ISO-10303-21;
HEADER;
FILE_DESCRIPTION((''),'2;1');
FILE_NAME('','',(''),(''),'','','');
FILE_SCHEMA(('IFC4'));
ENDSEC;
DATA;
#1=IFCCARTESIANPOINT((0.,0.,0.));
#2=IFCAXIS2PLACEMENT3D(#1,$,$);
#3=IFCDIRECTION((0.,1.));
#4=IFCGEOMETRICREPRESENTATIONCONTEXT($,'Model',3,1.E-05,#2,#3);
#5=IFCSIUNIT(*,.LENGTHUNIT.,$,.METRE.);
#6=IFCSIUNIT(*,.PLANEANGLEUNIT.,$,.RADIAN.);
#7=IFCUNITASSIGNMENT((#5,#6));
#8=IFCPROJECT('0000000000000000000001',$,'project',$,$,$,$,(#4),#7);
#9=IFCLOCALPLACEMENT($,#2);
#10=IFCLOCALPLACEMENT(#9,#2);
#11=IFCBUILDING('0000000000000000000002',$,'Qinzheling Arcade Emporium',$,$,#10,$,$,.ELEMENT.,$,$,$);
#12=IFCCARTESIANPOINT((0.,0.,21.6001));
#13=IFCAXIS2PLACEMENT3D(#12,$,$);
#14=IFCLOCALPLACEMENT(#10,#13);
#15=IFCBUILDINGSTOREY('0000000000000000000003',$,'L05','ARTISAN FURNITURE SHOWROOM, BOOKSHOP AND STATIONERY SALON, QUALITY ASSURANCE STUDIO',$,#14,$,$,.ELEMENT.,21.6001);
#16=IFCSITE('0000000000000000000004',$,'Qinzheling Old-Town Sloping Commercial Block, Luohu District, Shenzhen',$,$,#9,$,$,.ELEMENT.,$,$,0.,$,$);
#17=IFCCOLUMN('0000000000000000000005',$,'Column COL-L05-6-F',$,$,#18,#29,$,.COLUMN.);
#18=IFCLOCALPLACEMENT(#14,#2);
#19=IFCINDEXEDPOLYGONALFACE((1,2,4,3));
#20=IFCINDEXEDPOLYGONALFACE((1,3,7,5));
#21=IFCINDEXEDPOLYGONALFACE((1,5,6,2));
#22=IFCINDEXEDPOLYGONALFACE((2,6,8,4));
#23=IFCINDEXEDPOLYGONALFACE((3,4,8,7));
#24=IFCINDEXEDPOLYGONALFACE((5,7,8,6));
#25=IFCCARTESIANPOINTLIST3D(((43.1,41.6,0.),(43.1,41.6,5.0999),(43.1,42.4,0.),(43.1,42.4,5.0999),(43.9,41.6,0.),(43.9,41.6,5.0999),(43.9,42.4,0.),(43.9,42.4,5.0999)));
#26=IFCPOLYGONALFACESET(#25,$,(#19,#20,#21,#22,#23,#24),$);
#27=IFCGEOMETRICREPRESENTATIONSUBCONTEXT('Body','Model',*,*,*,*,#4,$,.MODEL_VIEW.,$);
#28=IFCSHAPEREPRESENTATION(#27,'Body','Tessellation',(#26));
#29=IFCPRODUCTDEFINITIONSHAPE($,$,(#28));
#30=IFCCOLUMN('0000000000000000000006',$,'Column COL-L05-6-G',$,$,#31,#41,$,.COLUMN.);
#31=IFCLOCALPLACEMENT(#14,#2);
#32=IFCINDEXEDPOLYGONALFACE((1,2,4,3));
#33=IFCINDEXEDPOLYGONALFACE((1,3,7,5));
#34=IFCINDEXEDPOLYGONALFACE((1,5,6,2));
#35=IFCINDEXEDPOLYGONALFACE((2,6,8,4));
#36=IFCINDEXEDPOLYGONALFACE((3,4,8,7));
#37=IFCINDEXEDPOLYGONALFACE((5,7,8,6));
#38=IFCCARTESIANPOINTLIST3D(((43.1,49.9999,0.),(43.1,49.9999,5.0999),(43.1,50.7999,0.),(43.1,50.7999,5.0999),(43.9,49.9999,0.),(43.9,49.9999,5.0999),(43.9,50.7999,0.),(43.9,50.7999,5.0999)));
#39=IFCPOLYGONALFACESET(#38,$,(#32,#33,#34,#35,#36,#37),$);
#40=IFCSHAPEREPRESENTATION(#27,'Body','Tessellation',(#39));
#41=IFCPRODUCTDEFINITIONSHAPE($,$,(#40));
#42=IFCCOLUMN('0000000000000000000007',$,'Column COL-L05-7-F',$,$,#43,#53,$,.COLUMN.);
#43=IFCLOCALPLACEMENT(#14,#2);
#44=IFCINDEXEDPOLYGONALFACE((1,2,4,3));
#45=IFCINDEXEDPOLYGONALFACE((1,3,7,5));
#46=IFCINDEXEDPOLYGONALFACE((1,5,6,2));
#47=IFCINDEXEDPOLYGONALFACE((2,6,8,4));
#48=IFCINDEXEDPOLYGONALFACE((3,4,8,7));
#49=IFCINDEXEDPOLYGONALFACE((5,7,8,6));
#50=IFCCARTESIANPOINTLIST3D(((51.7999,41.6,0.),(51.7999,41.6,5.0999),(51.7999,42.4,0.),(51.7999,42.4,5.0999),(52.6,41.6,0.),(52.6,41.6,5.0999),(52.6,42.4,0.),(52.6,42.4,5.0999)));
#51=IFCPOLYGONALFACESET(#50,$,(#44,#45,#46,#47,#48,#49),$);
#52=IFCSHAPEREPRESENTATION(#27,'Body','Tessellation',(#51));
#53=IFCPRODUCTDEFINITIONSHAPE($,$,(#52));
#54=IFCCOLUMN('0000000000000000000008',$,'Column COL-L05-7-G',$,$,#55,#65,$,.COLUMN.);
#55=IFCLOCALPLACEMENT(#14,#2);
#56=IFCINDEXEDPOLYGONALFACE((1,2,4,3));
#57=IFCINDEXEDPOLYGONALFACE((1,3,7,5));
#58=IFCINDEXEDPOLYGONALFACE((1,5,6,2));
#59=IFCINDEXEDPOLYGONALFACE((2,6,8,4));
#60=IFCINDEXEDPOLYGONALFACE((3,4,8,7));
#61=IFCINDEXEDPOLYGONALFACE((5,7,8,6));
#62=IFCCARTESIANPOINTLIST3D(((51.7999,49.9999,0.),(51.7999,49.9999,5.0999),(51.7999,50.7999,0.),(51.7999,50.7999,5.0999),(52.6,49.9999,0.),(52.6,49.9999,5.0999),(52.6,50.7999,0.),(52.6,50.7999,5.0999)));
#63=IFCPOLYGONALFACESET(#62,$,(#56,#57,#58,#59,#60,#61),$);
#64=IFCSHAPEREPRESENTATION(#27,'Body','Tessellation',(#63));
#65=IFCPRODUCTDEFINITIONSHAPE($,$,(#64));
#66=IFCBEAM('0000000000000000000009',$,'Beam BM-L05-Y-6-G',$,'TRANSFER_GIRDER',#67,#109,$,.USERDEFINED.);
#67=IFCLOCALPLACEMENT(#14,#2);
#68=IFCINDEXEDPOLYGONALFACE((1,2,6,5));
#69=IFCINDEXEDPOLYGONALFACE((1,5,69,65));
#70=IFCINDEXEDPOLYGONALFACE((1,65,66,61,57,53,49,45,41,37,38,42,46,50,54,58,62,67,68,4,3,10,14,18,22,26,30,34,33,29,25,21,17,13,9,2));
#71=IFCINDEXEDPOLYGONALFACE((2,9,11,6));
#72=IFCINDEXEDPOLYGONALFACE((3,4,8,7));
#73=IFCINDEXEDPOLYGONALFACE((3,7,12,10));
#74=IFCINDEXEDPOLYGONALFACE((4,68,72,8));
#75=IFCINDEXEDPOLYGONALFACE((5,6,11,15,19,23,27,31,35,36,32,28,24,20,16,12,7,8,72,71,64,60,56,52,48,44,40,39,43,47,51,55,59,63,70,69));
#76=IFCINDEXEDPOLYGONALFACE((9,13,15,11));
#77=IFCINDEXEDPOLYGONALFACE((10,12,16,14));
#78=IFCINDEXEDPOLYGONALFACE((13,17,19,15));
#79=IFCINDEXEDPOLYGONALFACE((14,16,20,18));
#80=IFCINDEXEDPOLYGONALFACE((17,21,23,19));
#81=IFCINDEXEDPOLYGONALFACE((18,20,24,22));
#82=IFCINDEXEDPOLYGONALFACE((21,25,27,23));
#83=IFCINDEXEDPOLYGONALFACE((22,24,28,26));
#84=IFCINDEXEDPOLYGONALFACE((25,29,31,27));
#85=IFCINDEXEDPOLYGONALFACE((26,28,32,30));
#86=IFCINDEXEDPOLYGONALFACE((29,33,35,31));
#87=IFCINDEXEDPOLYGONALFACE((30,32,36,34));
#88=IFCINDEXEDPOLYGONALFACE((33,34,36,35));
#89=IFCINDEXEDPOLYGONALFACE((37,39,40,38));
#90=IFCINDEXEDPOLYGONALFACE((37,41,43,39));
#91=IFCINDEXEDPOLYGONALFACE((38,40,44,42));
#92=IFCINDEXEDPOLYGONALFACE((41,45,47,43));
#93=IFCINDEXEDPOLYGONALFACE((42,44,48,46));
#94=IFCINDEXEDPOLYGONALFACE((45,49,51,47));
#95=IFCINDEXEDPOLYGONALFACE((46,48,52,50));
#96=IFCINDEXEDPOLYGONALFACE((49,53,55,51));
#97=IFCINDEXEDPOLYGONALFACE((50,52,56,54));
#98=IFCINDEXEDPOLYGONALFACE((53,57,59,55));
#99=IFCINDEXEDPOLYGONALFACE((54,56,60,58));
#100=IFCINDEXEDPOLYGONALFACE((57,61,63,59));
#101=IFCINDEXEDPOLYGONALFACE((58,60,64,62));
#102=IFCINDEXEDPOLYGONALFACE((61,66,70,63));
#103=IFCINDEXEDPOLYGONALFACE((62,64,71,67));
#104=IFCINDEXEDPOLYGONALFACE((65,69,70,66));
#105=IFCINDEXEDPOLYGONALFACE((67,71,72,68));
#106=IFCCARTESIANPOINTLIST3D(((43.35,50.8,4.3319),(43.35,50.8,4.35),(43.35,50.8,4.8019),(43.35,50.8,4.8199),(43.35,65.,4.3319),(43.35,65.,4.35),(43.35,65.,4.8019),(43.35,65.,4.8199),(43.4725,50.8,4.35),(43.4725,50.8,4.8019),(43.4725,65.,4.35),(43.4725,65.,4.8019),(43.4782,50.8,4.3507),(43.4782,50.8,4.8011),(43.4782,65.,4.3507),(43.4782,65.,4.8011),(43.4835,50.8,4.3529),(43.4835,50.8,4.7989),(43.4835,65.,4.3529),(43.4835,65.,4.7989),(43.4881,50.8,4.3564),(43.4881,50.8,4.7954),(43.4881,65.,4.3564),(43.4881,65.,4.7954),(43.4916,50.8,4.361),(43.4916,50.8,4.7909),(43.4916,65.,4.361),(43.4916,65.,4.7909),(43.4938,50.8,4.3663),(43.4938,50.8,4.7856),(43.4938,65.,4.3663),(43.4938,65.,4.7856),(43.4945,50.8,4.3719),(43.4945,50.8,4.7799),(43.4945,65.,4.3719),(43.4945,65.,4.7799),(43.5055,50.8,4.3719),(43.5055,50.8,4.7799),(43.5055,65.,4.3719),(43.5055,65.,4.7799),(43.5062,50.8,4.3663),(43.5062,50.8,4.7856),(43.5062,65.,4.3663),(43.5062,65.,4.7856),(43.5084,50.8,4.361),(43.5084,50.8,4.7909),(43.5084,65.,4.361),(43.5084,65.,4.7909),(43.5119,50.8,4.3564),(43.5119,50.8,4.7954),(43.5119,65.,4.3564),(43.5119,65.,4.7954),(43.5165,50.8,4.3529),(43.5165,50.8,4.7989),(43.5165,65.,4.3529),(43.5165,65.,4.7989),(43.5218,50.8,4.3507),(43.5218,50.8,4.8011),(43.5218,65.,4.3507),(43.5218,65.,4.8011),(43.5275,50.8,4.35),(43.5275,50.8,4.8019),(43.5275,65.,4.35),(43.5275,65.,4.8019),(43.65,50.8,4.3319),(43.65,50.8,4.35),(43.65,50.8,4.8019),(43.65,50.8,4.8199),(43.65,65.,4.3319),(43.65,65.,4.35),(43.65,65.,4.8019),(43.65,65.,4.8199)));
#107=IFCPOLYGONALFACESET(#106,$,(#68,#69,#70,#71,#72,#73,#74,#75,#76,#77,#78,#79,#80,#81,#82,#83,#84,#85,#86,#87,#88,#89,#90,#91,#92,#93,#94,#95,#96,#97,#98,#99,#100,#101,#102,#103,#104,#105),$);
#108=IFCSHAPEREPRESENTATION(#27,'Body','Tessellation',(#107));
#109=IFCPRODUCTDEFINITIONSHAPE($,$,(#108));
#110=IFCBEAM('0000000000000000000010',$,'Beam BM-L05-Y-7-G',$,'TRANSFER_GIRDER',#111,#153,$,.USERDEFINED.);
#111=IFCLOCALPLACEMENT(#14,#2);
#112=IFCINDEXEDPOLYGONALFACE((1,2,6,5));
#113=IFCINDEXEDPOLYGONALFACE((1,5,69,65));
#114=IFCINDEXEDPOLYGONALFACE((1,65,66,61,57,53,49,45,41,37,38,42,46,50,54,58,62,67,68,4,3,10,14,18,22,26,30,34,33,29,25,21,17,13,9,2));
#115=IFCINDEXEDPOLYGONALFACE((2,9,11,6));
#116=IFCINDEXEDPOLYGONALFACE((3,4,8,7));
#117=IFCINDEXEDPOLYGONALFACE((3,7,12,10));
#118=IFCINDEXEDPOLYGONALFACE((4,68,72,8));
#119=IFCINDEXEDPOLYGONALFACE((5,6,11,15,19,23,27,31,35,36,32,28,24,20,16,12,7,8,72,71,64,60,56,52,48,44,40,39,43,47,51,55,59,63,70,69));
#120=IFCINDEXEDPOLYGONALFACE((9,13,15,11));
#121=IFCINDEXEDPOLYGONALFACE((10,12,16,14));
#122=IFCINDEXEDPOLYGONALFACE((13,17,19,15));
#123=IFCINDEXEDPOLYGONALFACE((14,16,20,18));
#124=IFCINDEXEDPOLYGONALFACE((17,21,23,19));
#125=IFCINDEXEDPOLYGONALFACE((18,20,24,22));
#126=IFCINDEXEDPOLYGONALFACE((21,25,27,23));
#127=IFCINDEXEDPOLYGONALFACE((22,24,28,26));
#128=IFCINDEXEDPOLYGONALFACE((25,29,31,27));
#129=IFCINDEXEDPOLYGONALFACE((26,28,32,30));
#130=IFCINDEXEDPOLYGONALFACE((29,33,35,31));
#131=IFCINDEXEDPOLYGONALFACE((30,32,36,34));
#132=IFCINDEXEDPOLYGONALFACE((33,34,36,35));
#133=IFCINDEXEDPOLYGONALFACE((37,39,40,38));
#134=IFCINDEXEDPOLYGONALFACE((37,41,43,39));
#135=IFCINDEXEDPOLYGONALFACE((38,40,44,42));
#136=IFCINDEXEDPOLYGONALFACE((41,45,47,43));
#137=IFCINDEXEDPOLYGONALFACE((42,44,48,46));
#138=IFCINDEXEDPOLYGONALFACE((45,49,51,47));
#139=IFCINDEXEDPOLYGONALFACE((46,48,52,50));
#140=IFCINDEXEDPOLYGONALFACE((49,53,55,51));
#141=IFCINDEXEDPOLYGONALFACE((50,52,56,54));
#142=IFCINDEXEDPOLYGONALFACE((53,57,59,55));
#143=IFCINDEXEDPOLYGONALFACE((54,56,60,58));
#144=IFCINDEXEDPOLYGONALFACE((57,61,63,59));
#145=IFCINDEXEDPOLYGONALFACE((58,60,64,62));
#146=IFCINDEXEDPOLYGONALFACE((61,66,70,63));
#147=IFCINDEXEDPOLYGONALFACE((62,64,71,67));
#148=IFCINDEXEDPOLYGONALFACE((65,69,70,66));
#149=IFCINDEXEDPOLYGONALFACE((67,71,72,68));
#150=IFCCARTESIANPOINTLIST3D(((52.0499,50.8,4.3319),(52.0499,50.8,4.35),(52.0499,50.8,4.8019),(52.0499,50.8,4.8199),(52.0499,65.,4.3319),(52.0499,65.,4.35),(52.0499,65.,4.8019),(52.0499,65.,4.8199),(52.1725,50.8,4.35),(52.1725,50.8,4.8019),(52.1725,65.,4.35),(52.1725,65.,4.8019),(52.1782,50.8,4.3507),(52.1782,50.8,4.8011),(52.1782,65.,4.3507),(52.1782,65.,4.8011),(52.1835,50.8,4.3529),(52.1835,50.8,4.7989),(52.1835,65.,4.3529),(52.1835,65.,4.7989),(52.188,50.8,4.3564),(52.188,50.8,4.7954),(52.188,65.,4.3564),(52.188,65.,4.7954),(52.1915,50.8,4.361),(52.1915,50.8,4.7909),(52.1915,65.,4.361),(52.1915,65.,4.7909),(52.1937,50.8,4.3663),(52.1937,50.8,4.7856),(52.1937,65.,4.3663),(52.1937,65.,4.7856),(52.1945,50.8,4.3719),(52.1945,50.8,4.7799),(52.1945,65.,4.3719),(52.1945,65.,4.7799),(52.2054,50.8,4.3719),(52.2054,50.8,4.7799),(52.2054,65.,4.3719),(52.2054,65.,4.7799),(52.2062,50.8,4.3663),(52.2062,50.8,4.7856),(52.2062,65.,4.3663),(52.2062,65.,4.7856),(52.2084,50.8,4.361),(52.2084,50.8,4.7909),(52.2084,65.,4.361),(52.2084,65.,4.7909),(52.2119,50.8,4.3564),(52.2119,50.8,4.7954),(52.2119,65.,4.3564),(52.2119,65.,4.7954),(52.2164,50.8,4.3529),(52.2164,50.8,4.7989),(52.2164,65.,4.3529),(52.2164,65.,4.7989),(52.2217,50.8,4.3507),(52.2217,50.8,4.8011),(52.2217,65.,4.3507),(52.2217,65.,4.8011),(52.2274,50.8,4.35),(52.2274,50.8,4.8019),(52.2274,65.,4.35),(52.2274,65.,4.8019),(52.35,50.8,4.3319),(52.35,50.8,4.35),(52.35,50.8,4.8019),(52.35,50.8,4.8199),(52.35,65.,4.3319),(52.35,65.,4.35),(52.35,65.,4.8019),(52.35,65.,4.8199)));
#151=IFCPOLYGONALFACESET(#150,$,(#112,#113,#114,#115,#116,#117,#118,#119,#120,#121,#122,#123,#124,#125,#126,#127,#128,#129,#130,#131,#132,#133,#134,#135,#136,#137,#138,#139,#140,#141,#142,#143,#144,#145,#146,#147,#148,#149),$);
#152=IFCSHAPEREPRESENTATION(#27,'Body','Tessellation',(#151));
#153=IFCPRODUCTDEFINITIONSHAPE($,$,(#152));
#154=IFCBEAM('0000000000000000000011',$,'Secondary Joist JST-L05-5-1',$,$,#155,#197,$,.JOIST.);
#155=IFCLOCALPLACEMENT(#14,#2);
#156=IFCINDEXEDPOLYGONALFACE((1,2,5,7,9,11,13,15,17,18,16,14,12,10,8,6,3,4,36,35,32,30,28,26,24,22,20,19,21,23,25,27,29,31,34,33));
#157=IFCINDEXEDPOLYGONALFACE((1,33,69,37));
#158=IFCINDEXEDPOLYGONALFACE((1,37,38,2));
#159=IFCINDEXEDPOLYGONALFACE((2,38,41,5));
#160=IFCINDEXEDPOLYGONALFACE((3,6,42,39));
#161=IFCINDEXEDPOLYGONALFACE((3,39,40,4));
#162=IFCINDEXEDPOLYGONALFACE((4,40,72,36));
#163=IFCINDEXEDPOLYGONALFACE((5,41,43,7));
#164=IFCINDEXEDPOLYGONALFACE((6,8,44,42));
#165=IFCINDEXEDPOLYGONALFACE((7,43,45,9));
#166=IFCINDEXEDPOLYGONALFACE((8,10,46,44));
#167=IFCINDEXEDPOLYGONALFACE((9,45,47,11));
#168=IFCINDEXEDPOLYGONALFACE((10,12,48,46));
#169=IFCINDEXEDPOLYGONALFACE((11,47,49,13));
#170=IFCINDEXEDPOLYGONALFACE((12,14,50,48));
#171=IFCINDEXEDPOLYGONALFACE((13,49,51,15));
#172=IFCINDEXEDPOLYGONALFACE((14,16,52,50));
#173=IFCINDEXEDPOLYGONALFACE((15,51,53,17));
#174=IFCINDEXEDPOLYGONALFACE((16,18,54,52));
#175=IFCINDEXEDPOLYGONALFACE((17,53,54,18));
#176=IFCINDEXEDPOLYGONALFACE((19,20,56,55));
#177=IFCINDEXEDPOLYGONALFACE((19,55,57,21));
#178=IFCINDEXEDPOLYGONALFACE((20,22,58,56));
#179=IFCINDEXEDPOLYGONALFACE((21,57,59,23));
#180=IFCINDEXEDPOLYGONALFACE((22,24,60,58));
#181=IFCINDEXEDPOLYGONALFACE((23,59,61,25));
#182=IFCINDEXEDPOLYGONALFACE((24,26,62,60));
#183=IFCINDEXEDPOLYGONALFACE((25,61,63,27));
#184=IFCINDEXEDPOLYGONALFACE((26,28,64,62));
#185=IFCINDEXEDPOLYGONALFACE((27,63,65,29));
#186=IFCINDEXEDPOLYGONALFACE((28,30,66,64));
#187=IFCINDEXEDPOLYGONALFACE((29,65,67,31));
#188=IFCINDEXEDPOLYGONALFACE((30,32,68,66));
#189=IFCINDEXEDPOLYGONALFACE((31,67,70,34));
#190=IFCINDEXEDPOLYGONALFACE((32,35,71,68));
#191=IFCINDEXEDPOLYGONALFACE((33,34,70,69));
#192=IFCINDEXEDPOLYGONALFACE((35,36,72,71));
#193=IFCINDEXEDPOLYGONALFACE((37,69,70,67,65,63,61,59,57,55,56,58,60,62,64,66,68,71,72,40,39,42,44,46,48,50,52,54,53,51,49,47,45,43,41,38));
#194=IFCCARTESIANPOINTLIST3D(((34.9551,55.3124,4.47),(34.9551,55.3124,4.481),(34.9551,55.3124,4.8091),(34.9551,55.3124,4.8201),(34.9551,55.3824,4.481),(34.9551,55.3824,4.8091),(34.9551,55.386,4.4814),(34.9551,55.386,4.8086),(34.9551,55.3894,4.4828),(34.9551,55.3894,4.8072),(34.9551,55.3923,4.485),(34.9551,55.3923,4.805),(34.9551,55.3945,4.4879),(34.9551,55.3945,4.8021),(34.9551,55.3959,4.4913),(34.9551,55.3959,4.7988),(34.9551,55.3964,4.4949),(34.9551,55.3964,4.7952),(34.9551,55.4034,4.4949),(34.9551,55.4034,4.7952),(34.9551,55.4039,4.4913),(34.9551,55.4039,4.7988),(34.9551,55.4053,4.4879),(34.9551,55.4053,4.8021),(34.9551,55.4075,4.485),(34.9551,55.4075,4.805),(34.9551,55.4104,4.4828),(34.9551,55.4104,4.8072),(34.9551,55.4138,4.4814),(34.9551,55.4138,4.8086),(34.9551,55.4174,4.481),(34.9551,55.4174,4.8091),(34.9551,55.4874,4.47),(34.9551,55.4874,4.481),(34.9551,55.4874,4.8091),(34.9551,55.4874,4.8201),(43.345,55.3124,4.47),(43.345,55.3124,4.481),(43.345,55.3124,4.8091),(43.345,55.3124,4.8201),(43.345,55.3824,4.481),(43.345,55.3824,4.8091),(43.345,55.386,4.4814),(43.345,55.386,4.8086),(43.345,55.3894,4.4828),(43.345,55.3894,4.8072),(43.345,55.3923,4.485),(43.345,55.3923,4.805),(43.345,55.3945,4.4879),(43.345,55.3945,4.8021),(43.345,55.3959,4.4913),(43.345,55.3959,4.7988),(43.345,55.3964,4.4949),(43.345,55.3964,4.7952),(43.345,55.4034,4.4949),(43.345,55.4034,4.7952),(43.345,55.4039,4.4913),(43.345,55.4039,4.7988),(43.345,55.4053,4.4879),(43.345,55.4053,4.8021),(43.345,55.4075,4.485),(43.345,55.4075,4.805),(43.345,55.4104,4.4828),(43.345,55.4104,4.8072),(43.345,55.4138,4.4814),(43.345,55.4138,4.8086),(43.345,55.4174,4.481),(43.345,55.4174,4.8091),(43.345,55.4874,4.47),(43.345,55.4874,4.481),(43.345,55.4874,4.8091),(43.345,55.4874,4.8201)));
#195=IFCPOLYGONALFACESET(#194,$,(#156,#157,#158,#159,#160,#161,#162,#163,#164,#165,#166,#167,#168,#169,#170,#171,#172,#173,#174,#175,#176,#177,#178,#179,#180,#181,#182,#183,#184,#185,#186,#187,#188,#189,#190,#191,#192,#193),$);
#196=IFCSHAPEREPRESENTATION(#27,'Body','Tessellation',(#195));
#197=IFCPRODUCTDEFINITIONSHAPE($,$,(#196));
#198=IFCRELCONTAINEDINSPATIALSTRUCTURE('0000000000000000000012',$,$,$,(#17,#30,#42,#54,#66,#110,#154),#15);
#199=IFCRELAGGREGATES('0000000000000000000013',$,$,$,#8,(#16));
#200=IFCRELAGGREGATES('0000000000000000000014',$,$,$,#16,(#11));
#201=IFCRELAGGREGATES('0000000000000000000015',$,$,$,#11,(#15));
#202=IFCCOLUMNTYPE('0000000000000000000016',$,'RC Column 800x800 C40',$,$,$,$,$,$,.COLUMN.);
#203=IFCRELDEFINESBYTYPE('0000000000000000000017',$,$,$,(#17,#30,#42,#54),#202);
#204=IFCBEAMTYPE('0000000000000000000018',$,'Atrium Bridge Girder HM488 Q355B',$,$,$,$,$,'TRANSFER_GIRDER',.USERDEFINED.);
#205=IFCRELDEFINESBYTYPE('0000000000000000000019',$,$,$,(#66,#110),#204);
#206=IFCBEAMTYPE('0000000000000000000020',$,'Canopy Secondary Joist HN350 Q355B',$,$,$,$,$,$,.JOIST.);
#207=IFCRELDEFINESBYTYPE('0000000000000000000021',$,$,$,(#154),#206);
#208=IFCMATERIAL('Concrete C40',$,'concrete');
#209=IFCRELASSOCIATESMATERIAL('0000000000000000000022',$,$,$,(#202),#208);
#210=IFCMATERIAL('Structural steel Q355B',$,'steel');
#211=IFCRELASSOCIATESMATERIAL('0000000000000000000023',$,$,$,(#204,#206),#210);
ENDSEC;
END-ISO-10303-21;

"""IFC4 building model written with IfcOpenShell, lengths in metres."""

from ifc_helpers import new_model, si_unit, direction, frame, origin, origin_2d, place, context, subcontext, project, spatial, rectangle, i_section, extrude, material, material_profile, profile_set, type_object, element, save


model = new_model("IFC4")

# Units and contexts
model_context = context("Model", 3, precision=1e-05, world=origin(), true_north=direction((0.0, 1.0)))
body_context = subcontext(model_context, "Body", "Model", "MODEL_VIEW")
ifc_project = project(units=[si_unit("LENGTHUNIT", "METRE"), si_unit("PLANEANGLEUNIT", "RADIAN")], contexts=[model_context])

# Site, building, storey
site_placement = place(None, origin())
site = spatial("IfcSite", under=ifc_project, at=site_placement, Name="Qinzheling Old-Town Sloping Commercial Block, Luohu District, Shenzhen", CompositionType="ELEMENT", RefElevation=0.0)
building_placement = place(site_placement, origin())
building = spatial("IfcBuilding", under=site, at=building_placement, Name="Qinzheling Arcade Emporium", CompositionType="ELEMENT")
storey_placement = place(building_placement, frame((0.0, 0.0, 21.6001)))
storey = spatial("IfcBuildingStorey", under=building, at=storey_placement, Name="L05", Description="ARTISAN FURNITURE SHOWROOM, BOOKSHOP AND STATIONERY SALON, QUALITY ASSURANCE STUDIO", CompositionType="ELEMENT", Elevation=21.6001)

# Columns
ifc_material_1 = material(Name="Concrete C40", Category="concrete")
ifc_material_profile_1 = material_profile(ifc_material_1, rectangle(XDim=0.8, YDim=0.8, at=origin_2d()), Name="RC 800x800", Category="concrete")
ifc_profile_set_1 = profile_set([ifc_material_profile_1], Name="Concrete C40")
column_type = type_object("IfcColumnType", Name="RC Column 800x800 C40", PredefinedType="COLUMN", material=ifc_profile_set_1)
for number, where, z_axis, x_axis, name in (
    (1, (43.5, 42.0, 0.0), (0.0, 0.0, 1.0), (1.0, 0.0, 0.0), "Column COL-L05-6-F"),
    (2, (43.5, 50.3999, 0.0), (0.0, 0.0, 1.0), (1.0, 0.0, 0.0), "Column COL-L05-6-G"),
    (3, (52.2, 42.0, 0.0), (0.0, 0.0, 1.0), (1.0, 0.0, 0.0), "Column COL-L05-7-F"),
    (4, (52.2, 50.3999, 0.0), (0.0, 0.0, 1.0), (1.0, 0.0, 0.0), "Column COL-L05-7-G"),
):
    element("IfcColumn", number, at=place(storey_placement, frame(where, z_axis=z_axis, x_axis=x_axis)), inside=storey, type_object=column_type, Name=name, PredefinedType="COLUMN", context=body_context, shape_type="SweptSolid", body=[
        extrude(rectangle(XDim=0.8, YDim=0.8, at=origin_2d()), origin(), (0.0, 0.0, 1.0), 5.0999),
    ])

# Beams
ifc_material_2 = material(Name="Structural steel Q355B", Category="steel")
ifc_material_profile_2 = material_profile(ifc_material_2, i_section(OverallWidth=0.3, OverallDepth=0.488, WebThickness=0.011, FlangeThickness=0.0181, FilletRadius=0.022, at=origin_2d()), Name="HM 488x300x11x18", Category="steel")
ifc_profile_set_2 = profile_set([ifc_material_profile_2], Name="Structural steel Q355B")
beam_type_1 = type_object("IfcBeamType", Name="Atrium Bridge Girder HM488 Q355B", ElementType="TRANSFER_GIRDER", PredefinedType="USERDEFINED", material=ifc_profile_set_2)
for number, where, z_axis, x_axis, name in (
    (5, (43.5, 50.8, 4.5759), (0.0, 1.0, 0.0), (-1.0, 0.0, 0.0), "Beam BM-L05-Y-6-G"),
    (6, (52.2, 50.8, 4.5759), (0.0, 1.0, 0.0), (-1.0, 0.0, 0.0), "Beam BM-L05-Y-7-G"),
):
    element("IfcBeam", number, at=place(storey_placement, frame(where, z_axis=z_axis, x_axis=x_axis)), inside=storey, type_object=beam_type_1, Name=name, ObjectType="TRANSFER_GIRDER", PredefinedType="USERDEFINED", context=body_context, shape_type="SweptSolid", body=[
        extrude(i_section(OverallWidth=0.3, OverallDepth=0.488, WebThickness=0.011, FlangeThickness=0.0181, FilletRadius=0.022, at=origin_2d()), origin(), (0.0, 0.0, 1.0), 14.2),
    ])
ifc_material_profile_3 = material_profile(ifc_material_2, i_section(OverallWidth=0.175, OverallDepth=0.3501, WebThickness=0.0071, FlangeThickness=0.011, FilletRadius=0.0139, at=origin_2d()), Name="HN 350x175x7x11", Category="steel")
ifc_profile_set_3 = profile_set([ifc_material_profile_3], Name="Structural steel Q355B")
beam_type_2 = type_object("IfcBeamType", Name="Canopy Secondary Joist HN350 Q355B", PredefinedType="JOIST", material=ifc_profile_set_3)
beam_1_placement = place(storey_placement, frame((34.9551, 55.3999, 4.645), z_axis=(1.0, 0.0, 0.0), x_axis=(0.0, 1.0, 0.0)))
element("IfcBeam", 7, at=beam_1_placement, inside=storey, type_object=beam_type_2, Name="Secondary Joist JST-L05-5-1", PredefinedType="JOIST", context=body_context, shape_type="SweptSolid", body=[
    extrude(i_section(OverallWidth=0.175, OverallDepth=0.3501, WebThickness=0.0071, FlangeThickness=0.011, FilletRadius=0.0139, at=origin_2d()), origin(), (0.0, 0.0, 1.0), 8.3899),
])

save(model, "model.ifc")
